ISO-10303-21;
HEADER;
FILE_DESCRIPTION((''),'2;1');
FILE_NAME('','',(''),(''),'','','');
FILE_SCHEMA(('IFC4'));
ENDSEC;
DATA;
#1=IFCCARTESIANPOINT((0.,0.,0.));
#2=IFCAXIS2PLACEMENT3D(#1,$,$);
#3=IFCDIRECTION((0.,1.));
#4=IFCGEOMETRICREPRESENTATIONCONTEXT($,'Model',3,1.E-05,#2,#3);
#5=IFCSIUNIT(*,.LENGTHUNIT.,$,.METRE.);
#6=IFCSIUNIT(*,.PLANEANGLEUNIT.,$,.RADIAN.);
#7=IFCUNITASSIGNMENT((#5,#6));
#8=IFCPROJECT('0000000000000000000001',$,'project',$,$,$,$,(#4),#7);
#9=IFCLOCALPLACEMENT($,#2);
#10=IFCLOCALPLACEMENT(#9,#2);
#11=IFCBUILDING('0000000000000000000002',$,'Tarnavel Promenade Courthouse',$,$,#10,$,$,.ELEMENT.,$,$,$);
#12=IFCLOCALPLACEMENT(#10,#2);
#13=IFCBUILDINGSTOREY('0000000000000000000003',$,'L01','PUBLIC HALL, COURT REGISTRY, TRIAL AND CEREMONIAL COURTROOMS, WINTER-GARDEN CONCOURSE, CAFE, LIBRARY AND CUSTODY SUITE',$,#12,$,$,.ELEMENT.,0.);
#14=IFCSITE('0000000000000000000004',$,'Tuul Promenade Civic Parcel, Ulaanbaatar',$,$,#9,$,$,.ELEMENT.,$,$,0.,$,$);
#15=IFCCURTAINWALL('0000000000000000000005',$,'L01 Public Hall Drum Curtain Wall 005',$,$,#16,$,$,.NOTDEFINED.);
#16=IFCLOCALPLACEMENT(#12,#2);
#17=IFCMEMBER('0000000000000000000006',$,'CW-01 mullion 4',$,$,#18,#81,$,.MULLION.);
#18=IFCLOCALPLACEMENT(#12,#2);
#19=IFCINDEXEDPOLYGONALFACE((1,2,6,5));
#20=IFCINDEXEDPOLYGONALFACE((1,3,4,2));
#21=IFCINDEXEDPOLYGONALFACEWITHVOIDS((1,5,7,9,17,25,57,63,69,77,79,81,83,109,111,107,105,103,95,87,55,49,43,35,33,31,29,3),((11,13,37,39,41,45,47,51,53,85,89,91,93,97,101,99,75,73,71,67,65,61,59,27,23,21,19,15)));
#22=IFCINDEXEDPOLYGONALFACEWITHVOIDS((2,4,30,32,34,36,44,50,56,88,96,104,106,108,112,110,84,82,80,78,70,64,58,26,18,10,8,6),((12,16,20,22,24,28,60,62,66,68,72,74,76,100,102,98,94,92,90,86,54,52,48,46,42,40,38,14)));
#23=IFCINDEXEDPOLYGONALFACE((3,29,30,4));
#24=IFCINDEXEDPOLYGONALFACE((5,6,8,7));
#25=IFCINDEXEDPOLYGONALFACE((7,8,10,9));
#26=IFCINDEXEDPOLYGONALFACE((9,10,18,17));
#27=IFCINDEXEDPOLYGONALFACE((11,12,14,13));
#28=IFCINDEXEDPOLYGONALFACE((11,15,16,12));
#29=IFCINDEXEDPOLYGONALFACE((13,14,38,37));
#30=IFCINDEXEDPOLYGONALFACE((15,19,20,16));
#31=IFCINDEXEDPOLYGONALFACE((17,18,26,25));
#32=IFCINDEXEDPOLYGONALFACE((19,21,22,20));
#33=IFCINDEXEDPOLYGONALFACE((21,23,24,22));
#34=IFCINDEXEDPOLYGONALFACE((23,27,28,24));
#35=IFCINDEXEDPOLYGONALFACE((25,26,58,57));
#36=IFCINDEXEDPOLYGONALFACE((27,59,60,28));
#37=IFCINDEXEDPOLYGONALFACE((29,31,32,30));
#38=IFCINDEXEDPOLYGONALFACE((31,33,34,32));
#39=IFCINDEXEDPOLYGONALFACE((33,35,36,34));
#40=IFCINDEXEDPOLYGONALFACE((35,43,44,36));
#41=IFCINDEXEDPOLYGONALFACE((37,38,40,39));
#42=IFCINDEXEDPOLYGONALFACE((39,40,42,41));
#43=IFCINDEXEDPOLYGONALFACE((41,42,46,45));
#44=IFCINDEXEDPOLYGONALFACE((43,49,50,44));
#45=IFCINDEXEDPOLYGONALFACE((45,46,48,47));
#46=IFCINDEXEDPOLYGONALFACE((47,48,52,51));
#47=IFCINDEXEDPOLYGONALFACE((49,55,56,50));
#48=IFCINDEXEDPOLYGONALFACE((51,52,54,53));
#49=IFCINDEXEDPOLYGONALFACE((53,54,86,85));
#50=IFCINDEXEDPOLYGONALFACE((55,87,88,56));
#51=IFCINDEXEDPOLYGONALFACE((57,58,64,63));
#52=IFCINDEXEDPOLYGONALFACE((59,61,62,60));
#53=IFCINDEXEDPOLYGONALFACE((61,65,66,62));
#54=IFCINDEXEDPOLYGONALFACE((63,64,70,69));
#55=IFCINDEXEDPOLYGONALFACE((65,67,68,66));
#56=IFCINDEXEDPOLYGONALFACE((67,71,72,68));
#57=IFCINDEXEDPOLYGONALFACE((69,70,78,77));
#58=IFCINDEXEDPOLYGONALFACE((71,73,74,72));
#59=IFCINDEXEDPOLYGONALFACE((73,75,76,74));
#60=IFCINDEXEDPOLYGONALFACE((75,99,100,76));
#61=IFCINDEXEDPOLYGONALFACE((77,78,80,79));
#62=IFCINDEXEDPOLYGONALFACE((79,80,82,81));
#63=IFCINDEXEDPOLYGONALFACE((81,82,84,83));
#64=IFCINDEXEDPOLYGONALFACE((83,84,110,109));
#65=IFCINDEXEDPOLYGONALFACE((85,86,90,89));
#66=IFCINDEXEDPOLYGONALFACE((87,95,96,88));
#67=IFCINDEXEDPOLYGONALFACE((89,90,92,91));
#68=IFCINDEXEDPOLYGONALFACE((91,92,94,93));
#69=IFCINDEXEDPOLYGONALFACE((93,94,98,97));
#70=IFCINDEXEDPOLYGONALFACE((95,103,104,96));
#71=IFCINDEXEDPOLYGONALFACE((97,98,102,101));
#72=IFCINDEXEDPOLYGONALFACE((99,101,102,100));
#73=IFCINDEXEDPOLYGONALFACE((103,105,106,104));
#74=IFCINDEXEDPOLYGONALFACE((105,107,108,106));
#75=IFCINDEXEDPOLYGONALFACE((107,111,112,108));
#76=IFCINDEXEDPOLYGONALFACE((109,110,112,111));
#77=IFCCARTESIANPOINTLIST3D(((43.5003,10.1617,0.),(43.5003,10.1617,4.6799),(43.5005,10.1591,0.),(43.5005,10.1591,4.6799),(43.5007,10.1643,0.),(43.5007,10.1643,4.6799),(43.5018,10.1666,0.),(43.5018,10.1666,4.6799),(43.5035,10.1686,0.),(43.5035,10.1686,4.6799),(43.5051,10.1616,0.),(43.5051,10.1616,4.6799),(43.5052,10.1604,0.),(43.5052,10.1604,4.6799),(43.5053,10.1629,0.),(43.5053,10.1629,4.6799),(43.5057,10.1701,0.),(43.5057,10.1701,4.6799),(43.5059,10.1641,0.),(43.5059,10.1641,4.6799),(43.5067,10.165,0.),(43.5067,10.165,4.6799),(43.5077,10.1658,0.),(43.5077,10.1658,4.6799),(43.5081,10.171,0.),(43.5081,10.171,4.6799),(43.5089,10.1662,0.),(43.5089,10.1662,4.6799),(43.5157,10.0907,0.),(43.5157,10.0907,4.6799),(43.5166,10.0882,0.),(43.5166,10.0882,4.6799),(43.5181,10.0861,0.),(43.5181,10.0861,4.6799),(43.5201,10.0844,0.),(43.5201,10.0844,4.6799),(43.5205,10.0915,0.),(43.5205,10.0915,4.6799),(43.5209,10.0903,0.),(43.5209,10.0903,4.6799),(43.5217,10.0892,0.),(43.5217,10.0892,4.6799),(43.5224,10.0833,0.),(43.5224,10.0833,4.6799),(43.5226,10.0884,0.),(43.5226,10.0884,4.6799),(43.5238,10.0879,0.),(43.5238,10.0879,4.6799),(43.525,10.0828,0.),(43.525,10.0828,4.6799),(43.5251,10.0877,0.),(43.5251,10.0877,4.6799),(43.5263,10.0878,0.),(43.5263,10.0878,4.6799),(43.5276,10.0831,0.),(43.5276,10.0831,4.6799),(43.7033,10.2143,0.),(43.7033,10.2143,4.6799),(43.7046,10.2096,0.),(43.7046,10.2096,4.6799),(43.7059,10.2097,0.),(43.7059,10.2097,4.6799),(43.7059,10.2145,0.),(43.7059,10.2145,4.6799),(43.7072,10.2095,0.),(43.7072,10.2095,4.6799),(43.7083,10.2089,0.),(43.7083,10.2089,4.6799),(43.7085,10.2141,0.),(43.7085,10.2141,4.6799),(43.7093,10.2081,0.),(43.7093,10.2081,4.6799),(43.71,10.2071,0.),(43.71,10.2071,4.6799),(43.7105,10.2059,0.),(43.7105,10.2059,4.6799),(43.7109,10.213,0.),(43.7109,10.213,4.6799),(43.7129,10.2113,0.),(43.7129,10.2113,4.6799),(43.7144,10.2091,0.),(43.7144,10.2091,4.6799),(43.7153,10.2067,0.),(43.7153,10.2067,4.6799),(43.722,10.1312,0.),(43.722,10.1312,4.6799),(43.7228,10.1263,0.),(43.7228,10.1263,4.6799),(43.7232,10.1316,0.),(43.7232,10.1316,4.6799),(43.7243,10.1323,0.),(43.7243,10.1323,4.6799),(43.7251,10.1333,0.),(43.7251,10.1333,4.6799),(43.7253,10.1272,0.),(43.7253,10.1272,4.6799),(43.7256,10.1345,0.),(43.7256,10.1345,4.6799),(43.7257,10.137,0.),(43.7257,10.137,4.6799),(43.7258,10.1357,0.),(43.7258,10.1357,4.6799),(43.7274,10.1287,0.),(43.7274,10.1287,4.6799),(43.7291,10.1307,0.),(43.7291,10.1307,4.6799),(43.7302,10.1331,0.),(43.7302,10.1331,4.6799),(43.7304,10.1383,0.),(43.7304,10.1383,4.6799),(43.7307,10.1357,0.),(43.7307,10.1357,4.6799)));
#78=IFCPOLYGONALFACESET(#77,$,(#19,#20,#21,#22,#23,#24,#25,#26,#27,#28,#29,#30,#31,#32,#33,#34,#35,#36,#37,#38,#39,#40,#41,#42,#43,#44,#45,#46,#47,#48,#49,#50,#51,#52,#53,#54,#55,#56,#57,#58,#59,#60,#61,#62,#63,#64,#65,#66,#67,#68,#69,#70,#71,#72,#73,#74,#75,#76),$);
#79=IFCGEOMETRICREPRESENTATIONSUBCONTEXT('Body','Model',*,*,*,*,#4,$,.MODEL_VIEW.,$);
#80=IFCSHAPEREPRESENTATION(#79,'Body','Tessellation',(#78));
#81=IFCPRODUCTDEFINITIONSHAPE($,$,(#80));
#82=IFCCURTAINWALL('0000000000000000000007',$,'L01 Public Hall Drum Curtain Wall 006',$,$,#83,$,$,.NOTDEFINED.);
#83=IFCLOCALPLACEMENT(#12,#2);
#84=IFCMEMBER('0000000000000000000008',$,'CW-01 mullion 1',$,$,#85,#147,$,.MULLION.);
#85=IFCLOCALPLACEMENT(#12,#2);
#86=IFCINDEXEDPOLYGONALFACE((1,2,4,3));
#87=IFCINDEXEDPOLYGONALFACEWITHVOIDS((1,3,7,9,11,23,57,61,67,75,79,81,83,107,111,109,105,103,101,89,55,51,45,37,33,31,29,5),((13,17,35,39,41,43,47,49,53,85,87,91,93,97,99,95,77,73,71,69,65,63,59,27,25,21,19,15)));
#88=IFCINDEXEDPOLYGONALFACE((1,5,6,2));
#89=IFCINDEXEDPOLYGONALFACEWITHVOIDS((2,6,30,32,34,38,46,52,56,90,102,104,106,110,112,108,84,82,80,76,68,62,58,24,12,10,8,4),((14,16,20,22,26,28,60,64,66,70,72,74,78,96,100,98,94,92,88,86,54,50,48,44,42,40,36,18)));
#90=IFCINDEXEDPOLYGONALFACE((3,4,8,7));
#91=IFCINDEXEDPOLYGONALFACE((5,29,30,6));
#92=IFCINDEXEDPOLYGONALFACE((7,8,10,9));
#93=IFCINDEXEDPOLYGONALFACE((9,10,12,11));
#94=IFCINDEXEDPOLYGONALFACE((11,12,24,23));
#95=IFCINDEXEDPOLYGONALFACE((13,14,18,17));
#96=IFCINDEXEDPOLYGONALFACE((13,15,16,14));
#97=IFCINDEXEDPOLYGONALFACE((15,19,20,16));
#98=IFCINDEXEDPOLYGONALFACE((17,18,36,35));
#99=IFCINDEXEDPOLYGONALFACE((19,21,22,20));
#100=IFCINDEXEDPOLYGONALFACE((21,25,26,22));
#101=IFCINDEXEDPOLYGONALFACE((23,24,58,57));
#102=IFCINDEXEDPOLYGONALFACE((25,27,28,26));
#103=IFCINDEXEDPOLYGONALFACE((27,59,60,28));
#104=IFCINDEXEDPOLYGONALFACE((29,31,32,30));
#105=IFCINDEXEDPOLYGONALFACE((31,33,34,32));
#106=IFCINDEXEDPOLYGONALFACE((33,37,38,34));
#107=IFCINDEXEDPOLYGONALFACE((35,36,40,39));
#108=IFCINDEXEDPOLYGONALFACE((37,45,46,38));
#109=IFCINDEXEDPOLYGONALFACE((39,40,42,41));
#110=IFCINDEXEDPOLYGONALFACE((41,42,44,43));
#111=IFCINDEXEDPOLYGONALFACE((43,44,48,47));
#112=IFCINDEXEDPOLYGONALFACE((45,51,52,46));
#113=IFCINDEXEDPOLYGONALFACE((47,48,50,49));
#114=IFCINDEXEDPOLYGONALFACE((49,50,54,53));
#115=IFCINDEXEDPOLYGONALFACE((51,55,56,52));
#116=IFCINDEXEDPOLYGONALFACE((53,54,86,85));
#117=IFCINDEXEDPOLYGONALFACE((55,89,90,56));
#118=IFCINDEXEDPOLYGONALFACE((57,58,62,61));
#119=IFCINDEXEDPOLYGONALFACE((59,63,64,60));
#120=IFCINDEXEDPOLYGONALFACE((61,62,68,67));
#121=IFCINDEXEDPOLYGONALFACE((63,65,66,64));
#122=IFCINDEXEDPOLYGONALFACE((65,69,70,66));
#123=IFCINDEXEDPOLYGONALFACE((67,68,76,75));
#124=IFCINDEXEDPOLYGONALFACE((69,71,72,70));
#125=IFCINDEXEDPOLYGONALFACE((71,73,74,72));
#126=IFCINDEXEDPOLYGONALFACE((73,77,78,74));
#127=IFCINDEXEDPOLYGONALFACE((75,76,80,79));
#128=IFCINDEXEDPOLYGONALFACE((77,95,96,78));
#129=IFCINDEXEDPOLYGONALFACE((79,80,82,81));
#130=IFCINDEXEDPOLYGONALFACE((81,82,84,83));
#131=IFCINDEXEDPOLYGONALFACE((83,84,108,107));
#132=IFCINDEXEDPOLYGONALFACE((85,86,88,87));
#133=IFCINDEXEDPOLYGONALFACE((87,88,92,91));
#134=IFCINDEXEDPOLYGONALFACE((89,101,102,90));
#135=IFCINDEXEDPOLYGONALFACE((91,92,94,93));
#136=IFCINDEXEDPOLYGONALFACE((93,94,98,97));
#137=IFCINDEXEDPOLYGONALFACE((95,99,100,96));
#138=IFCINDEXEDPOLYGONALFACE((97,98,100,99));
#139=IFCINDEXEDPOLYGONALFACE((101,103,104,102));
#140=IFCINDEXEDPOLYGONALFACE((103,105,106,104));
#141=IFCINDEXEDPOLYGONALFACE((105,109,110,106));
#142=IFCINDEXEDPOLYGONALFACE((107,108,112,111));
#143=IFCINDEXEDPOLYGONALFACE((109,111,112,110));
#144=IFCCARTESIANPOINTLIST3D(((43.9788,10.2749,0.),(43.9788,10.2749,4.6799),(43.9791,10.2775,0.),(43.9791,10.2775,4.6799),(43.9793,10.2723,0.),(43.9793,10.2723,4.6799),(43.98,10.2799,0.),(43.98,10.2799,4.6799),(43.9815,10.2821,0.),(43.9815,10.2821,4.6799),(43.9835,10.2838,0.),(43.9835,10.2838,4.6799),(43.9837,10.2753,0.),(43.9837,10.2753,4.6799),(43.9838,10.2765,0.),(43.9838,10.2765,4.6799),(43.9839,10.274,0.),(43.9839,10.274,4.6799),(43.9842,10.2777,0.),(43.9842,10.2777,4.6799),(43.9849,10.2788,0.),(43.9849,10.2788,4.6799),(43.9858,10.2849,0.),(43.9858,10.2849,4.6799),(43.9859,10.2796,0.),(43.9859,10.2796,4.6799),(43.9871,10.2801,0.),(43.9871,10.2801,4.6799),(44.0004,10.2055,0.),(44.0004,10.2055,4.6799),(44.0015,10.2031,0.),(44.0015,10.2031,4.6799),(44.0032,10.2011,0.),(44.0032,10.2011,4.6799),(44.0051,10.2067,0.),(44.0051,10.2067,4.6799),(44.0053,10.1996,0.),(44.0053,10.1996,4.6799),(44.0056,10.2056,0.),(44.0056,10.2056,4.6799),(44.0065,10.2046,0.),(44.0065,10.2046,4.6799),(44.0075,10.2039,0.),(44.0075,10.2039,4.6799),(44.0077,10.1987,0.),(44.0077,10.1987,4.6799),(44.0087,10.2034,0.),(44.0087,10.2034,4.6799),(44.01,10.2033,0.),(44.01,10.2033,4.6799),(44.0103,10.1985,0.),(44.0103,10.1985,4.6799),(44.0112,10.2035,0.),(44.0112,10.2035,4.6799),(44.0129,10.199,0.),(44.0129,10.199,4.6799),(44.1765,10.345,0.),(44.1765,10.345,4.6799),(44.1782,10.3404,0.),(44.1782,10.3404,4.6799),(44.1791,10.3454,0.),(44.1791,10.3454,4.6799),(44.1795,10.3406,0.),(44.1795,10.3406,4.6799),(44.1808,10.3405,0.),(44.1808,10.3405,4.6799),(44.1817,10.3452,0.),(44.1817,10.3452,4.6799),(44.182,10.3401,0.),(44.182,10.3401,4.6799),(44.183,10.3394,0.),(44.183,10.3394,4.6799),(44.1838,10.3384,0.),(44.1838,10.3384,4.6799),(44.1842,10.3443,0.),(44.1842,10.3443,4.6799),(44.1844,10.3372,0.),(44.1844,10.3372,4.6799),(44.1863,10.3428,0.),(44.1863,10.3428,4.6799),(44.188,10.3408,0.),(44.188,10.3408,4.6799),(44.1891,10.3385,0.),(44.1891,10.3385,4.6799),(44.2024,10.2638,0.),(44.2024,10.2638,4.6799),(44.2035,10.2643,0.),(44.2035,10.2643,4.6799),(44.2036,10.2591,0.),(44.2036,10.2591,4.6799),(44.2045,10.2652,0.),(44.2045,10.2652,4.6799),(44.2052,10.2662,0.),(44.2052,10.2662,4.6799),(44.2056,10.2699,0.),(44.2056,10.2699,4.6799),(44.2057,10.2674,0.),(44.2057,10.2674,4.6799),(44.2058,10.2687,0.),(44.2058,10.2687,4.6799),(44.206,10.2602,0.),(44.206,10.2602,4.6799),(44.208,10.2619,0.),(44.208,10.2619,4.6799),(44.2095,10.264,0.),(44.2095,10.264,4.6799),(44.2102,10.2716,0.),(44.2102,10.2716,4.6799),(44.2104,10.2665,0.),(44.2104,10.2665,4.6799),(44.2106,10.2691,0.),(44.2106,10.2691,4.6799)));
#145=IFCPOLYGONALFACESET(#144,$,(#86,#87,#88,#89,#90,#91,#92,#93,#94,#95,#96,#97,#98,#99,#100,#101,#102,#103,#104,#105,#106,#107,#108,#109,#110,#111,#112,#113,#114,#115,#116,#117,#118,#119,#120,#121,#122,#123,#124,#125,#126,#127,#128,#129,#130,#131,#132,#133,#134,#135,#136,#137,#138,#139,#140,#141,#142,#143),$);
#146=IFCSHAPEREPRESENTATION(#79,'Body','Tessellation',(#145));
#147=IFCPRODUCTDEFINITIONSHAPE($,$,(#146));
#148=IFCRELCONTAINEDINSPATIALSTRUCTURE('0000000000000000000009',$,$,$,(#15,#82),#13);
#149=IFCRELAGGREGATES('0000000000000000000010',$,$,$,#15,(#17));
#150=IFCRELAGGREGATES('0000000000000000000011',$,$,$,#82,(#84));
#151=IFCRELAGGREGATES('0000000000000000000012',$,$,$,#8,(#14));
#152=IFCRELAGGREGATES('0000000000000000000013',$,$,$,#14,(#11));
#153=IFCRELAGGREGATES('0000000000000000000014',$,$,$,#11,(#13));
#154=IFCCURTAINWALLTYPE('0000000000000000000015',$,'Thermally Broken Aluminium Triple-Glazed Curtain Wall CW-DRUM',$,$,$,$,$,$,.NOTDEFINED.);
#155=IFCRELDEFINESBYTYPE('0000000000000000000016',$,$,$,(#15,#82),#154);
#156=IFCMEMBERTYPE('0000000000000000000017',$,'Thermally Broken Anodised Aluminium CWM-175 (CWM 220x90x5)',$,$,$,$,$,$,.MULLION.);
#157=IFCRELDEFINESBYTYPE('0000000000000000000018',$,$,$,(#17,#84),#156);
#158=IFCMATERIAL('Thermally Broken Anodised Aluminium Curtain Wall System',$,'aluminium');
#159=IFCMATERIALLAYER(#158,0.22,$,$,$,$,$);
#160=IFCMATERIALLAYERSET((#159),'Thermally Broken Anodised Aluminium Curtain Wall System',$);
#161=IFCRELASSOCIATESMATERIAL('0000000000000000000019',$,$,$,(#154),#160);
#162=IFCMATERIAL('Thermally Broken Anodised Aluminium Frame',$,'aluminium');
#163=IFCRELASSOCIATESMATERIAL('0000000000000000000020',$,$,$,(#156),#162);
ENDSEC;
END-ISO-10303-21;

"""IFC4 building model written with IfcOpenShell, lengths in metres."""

from ifc_helpers import new_model, si_unit, direction, frame, origin, origin_2d, place, context, subcontext, project, spatial, hollow_rectangle, extrude, material, layer, layer_set, material_profile, profile_set, type_object, element, aggregate, save


model = new_model("IFC4")

# Units and contexts
model_context = context("Model", 3, precision=1e-05, world=origin(), true_north=direction((0.0, 1.0)))
body_context = subcontext(model_context, "Body", "Model", "MODEL_VIEW")
ifc_project = project(units=[si_unit("LENGTHUNIT", "METRE"), si_unit("PLANEANGLEUNIT", "RADIAN")], contexts=[model_context])

# Site, building, storey
site_placement = place(None, origin())
site = spatial("IfcSite", under=ifc_project, at=site_placement, Name="Tuul Promenade Civic Parcel, Ulaanbaatar", CompositionType="ELEMENT", RefElevation=0.0)
building_placement = place(site_placement, origin())
building = spatial("IfcBuilding", under=site, at=building_placement, Name="Tarnavel Promenade Courthouse", CompositionType="ELEMENT")
storey_placement = place(building_placement, origin())
storey = spatial("IfcBuildingStorey", under=building, at=storey_placement, Name="L01", Description="PUBLIC HALL, COURT REGISTRY, TRIAL AND CEREMONIAL COURTROOMS, WINTER-GARDEN CONCOURSE, CAFE, LIBRARY AND CUSTODY SUITE", CompositionType="ELEMENT", Elevation=0.0)

# Curtain walls, members
ifc_material_1 = material(Name="Thermally Broken Anodised Aluminium Curtain Wall System", Category="aluminium")
ifc_layer_1 = layer(ifc_material_1, 0.22)
ifc_layer_set_1 = layer_set([ifc_layer_1], Name="Thermally Broken Anodised Aluminium Curtain Wall System")
curtain_wall_type = type_object("IfcCurtainWallType", Name="Thermally Broken Aluminium Triple-Glazed Curtain Wall CW-DRUM", PredefinedType="NOTDEFINED", material=ifc_layer_set_1)
curtain_wall_1_placement = place(storey_placement, origin())
curtain_wall_1 = element("IfcCurtainWall", 1, at=curtain_wall_1_placement, inside=storey, type_object=curtain_wall_type, Name="L01 Public Hall Drum Curtain Wall 005", PredefinedType="NOTDEFINED")
ifc_material_2 = material(Name="Thermally Broken Anodised Aluminium Frame", Category="aluminium")
ifc_material_profile_1 = material_profile(ifc_material_2, hollow_rectangle(XDim=0.0901, YDim=0.22, WallThickness=0.0049, InnerFilletRadius=0.0049, OuterFilletRadius=0.01, at=origin_2d()), Name="CWM 220x90x5")
ifc_profile_set_1 = profile_set([ifc_material_profile_1], Name="Thermally Broken Anodised Aluminium Frame")
member_type_1 = type_object("IfcMemberType", Name="Thermally Broken Anodised Aluminium CWM-175 (CWM 220x90x5)", PredefinedType="MULLION", material=ifc_profile_set_1)
member_1_placement = place(storey_placement, frame((43.6155, 10.1487, 0.0), z_axis=(0.0, 0.0, 1.0), x_axis=(-0.216441, 0.976296, 0.0)))
member_1 = element("IfcMember", 2, at=member_1_placement, type_object=member_type_1, Name="CW-01 mullion 4", PredefinedType="MULLION", context=body_context, shape_type="SweptSolid", body=[
    extrude(hollow_rectangle(XDim=0.0901, YDim=0.22, WallThickness=0.0049, InnerFilletRadius=0.0049, OuterFilletRadius=0.01, at=origin_2d()), origin(), (0.0, 0.0, 1.0), 4.6799),
])
curtain_wall_2_placement = place(storey_placement, origin())
curtain_wall_2 = element("IfcCurtainWall", 3, at=curtain_wall_2_placement, inside=storey, type_object=curtain_wall_type, Name="L01 Public Hall Drum Curtain Wall 006", PredefinedType="NOTDEFINED")
member_2_placement = place(storey_placement, frame((44.0947, 10.272, 0.0), z_axis=(0.0, 0.0, 1.0), x_axis=(-0.300704, 0.953718, 0.0)))
member_2 = element("IfcMember", 4, at=member_2_placement, type_object=member_type_1, Name="CW-01 mullion 1", PredefinedType="MULLION", context=body_context, shape_type="SweptSolid", body=[
    extrude(hollow_rectangle(XDim=0.0901, YDim=0.22, WallThickness=0.0049, InnerFilletRadius=0.0049, OuterFilletRadius=0.01, at=origin_2d()), origin(), (0.0, 0.0, 1.0), 4.6799),
])

aggregate(curtain_wall_1, [member_1])
aggregate(curtain_wall_2, [member_2])

save(model, "model.ifc")
